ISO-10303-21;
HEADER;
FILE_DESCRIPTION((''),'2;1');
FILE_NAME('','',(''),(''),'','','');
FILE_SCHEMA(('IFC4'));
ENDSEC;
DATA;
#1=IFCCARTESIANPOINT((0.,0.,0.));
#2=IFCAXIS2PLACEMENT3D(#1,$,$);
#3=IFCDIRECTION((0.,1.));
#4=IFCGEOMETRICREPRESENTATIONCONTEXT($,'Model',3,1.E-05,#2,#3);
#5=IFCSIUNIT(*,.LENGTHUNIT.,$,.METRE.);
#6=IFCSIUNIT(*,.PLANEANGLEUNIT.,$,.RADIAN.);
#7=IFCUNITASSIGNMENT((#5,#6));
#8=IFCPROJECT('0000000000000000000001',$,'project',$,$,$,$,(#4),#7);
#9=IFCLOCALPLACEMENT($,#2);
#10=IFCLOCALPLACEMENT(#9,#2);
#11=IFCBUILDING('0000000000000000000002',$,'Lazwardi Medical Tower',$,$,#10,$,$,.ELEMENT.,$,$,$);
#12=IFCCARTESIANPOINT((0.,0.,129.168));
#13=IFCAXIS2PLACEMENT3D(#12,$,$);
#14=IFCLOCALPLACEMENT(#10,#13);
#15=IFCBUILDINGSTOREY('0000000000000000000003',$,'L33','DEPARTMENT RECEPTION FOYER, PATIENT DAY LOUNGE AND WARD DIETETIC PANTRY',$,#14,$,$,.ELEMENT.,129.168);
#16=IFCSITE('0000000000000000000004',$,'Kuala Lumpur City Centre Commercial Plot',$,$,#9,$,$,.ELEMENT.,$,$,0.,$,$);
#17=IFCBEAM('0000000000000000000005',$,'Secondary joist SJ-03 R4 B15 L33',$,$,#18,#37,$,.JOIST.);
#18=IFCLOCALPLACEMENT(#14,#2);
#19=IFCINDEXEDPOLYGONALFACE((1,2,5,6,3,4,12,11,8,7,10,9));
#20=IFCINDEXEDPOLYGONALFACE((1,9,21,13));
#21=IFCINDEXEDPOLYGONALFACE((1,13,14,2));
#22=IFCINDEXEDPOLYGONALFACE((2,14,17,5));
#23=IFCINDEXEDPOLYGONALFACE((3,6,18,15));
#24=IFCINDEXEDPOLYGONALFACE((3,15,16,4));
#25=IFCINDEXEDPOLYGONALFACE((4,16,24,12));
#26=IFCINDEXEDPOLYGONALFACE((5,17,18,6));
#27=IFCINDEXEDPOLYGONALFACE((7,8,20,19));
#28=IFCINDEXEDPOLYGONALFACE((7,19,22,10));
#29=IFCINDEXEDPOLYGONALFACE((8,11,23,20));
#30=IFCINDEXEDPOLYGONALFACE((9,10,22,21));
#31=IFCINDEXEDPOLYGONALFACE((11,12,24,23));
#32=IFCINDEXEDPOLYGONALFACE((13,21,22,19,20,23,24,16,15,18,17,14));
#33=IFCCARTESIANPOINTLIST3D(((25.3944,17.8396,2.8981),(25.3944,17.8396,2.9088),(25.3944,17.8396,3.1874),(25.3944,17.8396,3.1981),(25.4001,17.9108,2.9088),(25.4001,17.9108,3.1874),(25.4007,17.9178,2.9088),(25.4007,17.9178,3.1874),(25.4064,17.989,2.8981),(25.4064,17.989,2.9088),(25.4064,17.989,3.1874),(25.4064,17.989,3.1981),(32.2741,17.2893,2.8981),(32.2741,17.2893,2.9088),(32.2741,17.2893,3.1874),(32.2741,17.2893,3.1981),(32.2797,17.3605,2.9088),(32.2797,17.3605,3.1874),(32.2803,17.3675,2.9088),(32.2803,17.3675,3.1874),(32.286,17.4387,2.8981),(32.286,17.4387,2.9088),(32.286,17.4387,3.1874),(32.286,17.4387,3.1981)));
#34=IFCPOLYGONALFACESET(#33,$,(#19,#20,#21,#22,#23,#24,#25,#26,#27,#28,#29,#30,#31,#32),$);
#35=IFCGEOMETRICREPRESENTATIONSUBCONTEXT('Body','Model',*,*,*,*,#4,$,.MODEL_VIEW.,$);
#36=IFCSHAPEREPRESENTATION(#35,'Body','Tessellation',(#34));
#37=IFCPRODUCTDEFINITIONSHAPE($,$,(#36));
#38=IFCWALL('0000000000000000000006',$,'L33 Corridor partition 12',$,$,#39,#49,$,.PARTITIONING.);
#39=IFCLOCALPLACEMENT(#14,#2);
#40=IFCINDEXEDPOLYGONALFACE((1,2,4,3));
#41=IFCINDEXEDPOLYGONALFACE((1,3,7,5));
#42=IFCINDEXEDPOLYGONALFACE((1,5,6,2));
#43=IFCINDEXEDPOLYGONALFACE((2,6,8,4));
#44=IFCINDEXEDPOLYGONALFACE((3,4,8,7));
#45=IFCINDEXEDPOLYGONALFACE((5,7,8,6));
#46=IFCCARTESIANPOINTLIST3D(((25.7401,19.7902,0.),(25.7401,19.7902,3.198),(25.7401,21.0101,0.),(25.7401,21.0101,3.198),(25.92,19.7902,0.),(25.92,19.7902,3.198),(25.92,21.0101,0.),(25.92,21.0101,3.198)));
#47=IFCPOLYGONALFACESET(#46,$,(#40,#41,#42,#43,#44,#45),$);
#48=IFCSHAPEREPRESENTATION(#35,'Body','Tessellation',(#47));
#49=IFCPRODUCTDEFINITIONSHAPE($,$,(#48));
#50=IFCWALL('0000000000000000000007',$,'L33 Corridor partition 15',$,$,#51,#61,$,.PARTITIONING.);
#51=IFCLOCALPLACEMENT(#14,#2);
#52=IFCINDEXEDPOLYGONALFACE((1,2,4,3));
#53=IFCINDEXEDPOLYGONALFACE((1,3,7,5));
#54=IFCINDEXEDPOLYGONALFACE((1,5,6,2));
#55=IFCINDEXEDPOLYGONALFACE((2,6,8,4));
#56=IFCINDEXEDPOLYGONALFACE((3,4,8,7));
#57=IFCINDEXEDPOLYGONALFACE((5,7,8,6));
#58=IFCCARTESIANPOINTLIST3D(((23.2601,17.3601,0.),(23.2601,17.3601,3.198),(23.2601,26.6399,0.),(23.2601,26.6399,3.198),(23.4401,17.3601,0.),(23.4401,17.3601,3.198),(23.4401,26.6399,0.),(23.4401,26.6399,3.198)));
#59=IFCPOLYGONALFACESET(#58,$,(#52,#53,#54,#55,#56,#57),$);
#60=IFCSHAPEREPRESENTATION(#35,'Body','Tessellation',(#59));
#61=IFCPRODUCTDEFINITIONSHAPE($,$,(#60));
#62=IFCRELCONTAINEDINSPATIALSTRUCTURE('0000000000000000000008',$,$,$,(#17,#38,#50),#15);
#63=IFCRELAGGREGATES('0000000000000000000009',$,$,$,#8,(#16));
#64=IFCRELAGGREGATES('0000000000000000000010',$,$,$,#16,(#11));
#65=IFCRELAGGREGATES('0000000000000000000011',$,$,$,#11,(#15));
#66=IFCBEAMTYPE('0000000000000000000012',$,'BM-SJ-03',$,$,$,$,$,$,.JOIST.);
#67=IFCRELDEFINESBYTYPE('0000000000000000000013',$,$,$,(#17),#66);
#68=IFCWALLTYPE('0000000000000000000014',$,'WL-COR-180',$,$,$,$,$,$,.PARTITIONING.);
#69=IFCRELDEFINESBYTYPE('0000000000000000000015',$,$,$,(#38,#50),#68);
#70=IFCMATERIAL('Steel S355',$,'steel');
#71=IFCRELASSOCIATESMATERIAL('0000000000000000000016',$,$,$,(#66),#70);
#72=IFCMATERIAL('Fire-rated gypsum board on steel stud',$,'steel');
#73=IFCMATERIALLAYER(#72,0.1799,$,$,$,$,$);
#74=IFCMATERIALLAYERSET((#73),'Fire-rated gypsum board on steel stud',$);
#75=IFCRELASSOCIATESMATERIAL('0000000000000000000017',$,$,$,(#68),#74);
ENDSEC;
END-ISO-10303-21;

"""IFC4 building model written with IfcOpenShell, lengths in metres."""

from ifc_helpers import new_model, si_unit, direction, frame, frame_2d, origin, origin_2d, place, context, subcontext, project, spatial, rectangle, i_section, extrude, material, layer, layer_set, material_profile, profile_set, type_object, element, save


model = new_model("IFC4")

# Units and contexts
model_context = context("Model", 3, precision=1e-05, world=origin(), true_north=direction((0.0, 1.0)))
body_context = subcontext(model_context, "Body", "Model", "MODEL_VIEW")
ifc_project = project(units=[si_unit("LENGTHUNIT", "METRE"), si_unit("PLANEANGLEUNIT", "RADIAN")], contexts=[model_context])

# Site, building, storey
site_placement = place(None, origin())
site = spatial("IfcSite", under=ifc_project, at=site_placement, Name="Kuala Lumpur City Centre Commercial Plot", CompositionType="ELEMENT", RefElevation=0.0)
building_placement = place(site_placement, origin())
building = spatial("IfcBuilding", under=site, at=building_placement, Name="Lazwardi Medical Tower", CompositionType="ELEMENT")
storey_placement = place(building_placement, frame((0.0, 0.0, 129.168)))
storey = spatial("IfcBuildingStorey", under=building, at=storey_placement, Name="L33", Description="DEPARTMENT RECEPTION FOYER, PATIENT DAY LOUNGE AND WARD DIETETIC PANTRY", CompositionType="ELEMENT", Elevation=129.168)

# Beam
ifc_material_1 = material(Name="Steel S355", Category="steel")
ifc_material_profile_1 = material_profile(ifc_material_1, i_section(OverallWidth=0.1499, OverallDepth=0.3, WebThickness=0.0071, FlangeThickness=0.0107, at=origin_2d()), Name="IPE 300")
ifc_profile_set_1 = profile_set([ifc_material_profile_1], Name="Steel S355")
beam_type_1 = type_object("IfcBeamType", Name="BM-SJ-03", PredefinedType="JOIST", material=ifc_profile_set_1)
beam_1_placement = place(storey_placement, frame((25.4004, 17.9143, 3.0481), z_axis=(0.996816, -0.079734, 0.0), x_axis=(0.079734, 0.996816, 0.0)))
element("IfcBeam", 1, at=beam_1_placement, inside=storey, type_object=beam_type_1, Name="Secondary joist SJ-03 R4 B15 L33", PredefinedType="JOIST", context=body_context, shape_type="SweptSolid", body=[
    extrude(i_section(OverallWidth=0.1499, OverallDepth=0.3, WebThickness=0.0071, FlangeThickness=0.0107, at=origin_2d()), origin(), (0.0, 0.0, 1.0), 6.9016),
])

# Walls
ifc_material_2 = material(Name="Fire-rated gypsum board on steel stud", Category="steel")
ifc_layer_1 = layer(ifc_material_2, 0.1799)
ifc_layer_set_1 = layer_set([ifc_layer_1], Name="Fire-rated gypsum board on steel stud")
wall_type_1 = type_object("IfcWallType", Name="WL-COR-180", PredefinedType="PARTITIONING", material=ifc_layer_set_1)
wall_1_placement = place(storey_placement, frame((25.8301, 21.01, 0.0), z_axis=(0.0, 0.0, 1.0), x_axis=(0.0, -1.0, 0.0)))
element("IfcWall", 2, at=wall_1_placement, inside=storey, type_object=wall_type_1, Name="L33 Corridor partition 12", PredefinedType="PARTITIONING", context=body_context, shape_type="SweptSolid", body=[
    extrude(rectangle(XDim=1.22, YDim=0.1799, at=frame_2d((0.6099, 0.0))), origin(), (0.0, 0.0, 1.0), 3.198),
])
wall_2_placement = place(storey_placement, frame((23.3501, 17.3601, 0.0), z_axis=(0.0, 0.0, 1.0), x_axis=(0.0, 1.0, 0.0)))
element("IfcWall", 3, at=wall_2_placement, inside=storey, type_object=wall_type_1, Name="L33 Corridor partition 15", PredefinedType="PARTITIONING", context=body_context, shape_type="SweptSolid", body=[
    extrude(rectangle(XDim=9.2798, YDim=0.1799, at=frame_2d((4.6399, 0.0))), origin(), (0.0, 0.0, 1.0), 3.198),
])

save(model, "model.ifc")
